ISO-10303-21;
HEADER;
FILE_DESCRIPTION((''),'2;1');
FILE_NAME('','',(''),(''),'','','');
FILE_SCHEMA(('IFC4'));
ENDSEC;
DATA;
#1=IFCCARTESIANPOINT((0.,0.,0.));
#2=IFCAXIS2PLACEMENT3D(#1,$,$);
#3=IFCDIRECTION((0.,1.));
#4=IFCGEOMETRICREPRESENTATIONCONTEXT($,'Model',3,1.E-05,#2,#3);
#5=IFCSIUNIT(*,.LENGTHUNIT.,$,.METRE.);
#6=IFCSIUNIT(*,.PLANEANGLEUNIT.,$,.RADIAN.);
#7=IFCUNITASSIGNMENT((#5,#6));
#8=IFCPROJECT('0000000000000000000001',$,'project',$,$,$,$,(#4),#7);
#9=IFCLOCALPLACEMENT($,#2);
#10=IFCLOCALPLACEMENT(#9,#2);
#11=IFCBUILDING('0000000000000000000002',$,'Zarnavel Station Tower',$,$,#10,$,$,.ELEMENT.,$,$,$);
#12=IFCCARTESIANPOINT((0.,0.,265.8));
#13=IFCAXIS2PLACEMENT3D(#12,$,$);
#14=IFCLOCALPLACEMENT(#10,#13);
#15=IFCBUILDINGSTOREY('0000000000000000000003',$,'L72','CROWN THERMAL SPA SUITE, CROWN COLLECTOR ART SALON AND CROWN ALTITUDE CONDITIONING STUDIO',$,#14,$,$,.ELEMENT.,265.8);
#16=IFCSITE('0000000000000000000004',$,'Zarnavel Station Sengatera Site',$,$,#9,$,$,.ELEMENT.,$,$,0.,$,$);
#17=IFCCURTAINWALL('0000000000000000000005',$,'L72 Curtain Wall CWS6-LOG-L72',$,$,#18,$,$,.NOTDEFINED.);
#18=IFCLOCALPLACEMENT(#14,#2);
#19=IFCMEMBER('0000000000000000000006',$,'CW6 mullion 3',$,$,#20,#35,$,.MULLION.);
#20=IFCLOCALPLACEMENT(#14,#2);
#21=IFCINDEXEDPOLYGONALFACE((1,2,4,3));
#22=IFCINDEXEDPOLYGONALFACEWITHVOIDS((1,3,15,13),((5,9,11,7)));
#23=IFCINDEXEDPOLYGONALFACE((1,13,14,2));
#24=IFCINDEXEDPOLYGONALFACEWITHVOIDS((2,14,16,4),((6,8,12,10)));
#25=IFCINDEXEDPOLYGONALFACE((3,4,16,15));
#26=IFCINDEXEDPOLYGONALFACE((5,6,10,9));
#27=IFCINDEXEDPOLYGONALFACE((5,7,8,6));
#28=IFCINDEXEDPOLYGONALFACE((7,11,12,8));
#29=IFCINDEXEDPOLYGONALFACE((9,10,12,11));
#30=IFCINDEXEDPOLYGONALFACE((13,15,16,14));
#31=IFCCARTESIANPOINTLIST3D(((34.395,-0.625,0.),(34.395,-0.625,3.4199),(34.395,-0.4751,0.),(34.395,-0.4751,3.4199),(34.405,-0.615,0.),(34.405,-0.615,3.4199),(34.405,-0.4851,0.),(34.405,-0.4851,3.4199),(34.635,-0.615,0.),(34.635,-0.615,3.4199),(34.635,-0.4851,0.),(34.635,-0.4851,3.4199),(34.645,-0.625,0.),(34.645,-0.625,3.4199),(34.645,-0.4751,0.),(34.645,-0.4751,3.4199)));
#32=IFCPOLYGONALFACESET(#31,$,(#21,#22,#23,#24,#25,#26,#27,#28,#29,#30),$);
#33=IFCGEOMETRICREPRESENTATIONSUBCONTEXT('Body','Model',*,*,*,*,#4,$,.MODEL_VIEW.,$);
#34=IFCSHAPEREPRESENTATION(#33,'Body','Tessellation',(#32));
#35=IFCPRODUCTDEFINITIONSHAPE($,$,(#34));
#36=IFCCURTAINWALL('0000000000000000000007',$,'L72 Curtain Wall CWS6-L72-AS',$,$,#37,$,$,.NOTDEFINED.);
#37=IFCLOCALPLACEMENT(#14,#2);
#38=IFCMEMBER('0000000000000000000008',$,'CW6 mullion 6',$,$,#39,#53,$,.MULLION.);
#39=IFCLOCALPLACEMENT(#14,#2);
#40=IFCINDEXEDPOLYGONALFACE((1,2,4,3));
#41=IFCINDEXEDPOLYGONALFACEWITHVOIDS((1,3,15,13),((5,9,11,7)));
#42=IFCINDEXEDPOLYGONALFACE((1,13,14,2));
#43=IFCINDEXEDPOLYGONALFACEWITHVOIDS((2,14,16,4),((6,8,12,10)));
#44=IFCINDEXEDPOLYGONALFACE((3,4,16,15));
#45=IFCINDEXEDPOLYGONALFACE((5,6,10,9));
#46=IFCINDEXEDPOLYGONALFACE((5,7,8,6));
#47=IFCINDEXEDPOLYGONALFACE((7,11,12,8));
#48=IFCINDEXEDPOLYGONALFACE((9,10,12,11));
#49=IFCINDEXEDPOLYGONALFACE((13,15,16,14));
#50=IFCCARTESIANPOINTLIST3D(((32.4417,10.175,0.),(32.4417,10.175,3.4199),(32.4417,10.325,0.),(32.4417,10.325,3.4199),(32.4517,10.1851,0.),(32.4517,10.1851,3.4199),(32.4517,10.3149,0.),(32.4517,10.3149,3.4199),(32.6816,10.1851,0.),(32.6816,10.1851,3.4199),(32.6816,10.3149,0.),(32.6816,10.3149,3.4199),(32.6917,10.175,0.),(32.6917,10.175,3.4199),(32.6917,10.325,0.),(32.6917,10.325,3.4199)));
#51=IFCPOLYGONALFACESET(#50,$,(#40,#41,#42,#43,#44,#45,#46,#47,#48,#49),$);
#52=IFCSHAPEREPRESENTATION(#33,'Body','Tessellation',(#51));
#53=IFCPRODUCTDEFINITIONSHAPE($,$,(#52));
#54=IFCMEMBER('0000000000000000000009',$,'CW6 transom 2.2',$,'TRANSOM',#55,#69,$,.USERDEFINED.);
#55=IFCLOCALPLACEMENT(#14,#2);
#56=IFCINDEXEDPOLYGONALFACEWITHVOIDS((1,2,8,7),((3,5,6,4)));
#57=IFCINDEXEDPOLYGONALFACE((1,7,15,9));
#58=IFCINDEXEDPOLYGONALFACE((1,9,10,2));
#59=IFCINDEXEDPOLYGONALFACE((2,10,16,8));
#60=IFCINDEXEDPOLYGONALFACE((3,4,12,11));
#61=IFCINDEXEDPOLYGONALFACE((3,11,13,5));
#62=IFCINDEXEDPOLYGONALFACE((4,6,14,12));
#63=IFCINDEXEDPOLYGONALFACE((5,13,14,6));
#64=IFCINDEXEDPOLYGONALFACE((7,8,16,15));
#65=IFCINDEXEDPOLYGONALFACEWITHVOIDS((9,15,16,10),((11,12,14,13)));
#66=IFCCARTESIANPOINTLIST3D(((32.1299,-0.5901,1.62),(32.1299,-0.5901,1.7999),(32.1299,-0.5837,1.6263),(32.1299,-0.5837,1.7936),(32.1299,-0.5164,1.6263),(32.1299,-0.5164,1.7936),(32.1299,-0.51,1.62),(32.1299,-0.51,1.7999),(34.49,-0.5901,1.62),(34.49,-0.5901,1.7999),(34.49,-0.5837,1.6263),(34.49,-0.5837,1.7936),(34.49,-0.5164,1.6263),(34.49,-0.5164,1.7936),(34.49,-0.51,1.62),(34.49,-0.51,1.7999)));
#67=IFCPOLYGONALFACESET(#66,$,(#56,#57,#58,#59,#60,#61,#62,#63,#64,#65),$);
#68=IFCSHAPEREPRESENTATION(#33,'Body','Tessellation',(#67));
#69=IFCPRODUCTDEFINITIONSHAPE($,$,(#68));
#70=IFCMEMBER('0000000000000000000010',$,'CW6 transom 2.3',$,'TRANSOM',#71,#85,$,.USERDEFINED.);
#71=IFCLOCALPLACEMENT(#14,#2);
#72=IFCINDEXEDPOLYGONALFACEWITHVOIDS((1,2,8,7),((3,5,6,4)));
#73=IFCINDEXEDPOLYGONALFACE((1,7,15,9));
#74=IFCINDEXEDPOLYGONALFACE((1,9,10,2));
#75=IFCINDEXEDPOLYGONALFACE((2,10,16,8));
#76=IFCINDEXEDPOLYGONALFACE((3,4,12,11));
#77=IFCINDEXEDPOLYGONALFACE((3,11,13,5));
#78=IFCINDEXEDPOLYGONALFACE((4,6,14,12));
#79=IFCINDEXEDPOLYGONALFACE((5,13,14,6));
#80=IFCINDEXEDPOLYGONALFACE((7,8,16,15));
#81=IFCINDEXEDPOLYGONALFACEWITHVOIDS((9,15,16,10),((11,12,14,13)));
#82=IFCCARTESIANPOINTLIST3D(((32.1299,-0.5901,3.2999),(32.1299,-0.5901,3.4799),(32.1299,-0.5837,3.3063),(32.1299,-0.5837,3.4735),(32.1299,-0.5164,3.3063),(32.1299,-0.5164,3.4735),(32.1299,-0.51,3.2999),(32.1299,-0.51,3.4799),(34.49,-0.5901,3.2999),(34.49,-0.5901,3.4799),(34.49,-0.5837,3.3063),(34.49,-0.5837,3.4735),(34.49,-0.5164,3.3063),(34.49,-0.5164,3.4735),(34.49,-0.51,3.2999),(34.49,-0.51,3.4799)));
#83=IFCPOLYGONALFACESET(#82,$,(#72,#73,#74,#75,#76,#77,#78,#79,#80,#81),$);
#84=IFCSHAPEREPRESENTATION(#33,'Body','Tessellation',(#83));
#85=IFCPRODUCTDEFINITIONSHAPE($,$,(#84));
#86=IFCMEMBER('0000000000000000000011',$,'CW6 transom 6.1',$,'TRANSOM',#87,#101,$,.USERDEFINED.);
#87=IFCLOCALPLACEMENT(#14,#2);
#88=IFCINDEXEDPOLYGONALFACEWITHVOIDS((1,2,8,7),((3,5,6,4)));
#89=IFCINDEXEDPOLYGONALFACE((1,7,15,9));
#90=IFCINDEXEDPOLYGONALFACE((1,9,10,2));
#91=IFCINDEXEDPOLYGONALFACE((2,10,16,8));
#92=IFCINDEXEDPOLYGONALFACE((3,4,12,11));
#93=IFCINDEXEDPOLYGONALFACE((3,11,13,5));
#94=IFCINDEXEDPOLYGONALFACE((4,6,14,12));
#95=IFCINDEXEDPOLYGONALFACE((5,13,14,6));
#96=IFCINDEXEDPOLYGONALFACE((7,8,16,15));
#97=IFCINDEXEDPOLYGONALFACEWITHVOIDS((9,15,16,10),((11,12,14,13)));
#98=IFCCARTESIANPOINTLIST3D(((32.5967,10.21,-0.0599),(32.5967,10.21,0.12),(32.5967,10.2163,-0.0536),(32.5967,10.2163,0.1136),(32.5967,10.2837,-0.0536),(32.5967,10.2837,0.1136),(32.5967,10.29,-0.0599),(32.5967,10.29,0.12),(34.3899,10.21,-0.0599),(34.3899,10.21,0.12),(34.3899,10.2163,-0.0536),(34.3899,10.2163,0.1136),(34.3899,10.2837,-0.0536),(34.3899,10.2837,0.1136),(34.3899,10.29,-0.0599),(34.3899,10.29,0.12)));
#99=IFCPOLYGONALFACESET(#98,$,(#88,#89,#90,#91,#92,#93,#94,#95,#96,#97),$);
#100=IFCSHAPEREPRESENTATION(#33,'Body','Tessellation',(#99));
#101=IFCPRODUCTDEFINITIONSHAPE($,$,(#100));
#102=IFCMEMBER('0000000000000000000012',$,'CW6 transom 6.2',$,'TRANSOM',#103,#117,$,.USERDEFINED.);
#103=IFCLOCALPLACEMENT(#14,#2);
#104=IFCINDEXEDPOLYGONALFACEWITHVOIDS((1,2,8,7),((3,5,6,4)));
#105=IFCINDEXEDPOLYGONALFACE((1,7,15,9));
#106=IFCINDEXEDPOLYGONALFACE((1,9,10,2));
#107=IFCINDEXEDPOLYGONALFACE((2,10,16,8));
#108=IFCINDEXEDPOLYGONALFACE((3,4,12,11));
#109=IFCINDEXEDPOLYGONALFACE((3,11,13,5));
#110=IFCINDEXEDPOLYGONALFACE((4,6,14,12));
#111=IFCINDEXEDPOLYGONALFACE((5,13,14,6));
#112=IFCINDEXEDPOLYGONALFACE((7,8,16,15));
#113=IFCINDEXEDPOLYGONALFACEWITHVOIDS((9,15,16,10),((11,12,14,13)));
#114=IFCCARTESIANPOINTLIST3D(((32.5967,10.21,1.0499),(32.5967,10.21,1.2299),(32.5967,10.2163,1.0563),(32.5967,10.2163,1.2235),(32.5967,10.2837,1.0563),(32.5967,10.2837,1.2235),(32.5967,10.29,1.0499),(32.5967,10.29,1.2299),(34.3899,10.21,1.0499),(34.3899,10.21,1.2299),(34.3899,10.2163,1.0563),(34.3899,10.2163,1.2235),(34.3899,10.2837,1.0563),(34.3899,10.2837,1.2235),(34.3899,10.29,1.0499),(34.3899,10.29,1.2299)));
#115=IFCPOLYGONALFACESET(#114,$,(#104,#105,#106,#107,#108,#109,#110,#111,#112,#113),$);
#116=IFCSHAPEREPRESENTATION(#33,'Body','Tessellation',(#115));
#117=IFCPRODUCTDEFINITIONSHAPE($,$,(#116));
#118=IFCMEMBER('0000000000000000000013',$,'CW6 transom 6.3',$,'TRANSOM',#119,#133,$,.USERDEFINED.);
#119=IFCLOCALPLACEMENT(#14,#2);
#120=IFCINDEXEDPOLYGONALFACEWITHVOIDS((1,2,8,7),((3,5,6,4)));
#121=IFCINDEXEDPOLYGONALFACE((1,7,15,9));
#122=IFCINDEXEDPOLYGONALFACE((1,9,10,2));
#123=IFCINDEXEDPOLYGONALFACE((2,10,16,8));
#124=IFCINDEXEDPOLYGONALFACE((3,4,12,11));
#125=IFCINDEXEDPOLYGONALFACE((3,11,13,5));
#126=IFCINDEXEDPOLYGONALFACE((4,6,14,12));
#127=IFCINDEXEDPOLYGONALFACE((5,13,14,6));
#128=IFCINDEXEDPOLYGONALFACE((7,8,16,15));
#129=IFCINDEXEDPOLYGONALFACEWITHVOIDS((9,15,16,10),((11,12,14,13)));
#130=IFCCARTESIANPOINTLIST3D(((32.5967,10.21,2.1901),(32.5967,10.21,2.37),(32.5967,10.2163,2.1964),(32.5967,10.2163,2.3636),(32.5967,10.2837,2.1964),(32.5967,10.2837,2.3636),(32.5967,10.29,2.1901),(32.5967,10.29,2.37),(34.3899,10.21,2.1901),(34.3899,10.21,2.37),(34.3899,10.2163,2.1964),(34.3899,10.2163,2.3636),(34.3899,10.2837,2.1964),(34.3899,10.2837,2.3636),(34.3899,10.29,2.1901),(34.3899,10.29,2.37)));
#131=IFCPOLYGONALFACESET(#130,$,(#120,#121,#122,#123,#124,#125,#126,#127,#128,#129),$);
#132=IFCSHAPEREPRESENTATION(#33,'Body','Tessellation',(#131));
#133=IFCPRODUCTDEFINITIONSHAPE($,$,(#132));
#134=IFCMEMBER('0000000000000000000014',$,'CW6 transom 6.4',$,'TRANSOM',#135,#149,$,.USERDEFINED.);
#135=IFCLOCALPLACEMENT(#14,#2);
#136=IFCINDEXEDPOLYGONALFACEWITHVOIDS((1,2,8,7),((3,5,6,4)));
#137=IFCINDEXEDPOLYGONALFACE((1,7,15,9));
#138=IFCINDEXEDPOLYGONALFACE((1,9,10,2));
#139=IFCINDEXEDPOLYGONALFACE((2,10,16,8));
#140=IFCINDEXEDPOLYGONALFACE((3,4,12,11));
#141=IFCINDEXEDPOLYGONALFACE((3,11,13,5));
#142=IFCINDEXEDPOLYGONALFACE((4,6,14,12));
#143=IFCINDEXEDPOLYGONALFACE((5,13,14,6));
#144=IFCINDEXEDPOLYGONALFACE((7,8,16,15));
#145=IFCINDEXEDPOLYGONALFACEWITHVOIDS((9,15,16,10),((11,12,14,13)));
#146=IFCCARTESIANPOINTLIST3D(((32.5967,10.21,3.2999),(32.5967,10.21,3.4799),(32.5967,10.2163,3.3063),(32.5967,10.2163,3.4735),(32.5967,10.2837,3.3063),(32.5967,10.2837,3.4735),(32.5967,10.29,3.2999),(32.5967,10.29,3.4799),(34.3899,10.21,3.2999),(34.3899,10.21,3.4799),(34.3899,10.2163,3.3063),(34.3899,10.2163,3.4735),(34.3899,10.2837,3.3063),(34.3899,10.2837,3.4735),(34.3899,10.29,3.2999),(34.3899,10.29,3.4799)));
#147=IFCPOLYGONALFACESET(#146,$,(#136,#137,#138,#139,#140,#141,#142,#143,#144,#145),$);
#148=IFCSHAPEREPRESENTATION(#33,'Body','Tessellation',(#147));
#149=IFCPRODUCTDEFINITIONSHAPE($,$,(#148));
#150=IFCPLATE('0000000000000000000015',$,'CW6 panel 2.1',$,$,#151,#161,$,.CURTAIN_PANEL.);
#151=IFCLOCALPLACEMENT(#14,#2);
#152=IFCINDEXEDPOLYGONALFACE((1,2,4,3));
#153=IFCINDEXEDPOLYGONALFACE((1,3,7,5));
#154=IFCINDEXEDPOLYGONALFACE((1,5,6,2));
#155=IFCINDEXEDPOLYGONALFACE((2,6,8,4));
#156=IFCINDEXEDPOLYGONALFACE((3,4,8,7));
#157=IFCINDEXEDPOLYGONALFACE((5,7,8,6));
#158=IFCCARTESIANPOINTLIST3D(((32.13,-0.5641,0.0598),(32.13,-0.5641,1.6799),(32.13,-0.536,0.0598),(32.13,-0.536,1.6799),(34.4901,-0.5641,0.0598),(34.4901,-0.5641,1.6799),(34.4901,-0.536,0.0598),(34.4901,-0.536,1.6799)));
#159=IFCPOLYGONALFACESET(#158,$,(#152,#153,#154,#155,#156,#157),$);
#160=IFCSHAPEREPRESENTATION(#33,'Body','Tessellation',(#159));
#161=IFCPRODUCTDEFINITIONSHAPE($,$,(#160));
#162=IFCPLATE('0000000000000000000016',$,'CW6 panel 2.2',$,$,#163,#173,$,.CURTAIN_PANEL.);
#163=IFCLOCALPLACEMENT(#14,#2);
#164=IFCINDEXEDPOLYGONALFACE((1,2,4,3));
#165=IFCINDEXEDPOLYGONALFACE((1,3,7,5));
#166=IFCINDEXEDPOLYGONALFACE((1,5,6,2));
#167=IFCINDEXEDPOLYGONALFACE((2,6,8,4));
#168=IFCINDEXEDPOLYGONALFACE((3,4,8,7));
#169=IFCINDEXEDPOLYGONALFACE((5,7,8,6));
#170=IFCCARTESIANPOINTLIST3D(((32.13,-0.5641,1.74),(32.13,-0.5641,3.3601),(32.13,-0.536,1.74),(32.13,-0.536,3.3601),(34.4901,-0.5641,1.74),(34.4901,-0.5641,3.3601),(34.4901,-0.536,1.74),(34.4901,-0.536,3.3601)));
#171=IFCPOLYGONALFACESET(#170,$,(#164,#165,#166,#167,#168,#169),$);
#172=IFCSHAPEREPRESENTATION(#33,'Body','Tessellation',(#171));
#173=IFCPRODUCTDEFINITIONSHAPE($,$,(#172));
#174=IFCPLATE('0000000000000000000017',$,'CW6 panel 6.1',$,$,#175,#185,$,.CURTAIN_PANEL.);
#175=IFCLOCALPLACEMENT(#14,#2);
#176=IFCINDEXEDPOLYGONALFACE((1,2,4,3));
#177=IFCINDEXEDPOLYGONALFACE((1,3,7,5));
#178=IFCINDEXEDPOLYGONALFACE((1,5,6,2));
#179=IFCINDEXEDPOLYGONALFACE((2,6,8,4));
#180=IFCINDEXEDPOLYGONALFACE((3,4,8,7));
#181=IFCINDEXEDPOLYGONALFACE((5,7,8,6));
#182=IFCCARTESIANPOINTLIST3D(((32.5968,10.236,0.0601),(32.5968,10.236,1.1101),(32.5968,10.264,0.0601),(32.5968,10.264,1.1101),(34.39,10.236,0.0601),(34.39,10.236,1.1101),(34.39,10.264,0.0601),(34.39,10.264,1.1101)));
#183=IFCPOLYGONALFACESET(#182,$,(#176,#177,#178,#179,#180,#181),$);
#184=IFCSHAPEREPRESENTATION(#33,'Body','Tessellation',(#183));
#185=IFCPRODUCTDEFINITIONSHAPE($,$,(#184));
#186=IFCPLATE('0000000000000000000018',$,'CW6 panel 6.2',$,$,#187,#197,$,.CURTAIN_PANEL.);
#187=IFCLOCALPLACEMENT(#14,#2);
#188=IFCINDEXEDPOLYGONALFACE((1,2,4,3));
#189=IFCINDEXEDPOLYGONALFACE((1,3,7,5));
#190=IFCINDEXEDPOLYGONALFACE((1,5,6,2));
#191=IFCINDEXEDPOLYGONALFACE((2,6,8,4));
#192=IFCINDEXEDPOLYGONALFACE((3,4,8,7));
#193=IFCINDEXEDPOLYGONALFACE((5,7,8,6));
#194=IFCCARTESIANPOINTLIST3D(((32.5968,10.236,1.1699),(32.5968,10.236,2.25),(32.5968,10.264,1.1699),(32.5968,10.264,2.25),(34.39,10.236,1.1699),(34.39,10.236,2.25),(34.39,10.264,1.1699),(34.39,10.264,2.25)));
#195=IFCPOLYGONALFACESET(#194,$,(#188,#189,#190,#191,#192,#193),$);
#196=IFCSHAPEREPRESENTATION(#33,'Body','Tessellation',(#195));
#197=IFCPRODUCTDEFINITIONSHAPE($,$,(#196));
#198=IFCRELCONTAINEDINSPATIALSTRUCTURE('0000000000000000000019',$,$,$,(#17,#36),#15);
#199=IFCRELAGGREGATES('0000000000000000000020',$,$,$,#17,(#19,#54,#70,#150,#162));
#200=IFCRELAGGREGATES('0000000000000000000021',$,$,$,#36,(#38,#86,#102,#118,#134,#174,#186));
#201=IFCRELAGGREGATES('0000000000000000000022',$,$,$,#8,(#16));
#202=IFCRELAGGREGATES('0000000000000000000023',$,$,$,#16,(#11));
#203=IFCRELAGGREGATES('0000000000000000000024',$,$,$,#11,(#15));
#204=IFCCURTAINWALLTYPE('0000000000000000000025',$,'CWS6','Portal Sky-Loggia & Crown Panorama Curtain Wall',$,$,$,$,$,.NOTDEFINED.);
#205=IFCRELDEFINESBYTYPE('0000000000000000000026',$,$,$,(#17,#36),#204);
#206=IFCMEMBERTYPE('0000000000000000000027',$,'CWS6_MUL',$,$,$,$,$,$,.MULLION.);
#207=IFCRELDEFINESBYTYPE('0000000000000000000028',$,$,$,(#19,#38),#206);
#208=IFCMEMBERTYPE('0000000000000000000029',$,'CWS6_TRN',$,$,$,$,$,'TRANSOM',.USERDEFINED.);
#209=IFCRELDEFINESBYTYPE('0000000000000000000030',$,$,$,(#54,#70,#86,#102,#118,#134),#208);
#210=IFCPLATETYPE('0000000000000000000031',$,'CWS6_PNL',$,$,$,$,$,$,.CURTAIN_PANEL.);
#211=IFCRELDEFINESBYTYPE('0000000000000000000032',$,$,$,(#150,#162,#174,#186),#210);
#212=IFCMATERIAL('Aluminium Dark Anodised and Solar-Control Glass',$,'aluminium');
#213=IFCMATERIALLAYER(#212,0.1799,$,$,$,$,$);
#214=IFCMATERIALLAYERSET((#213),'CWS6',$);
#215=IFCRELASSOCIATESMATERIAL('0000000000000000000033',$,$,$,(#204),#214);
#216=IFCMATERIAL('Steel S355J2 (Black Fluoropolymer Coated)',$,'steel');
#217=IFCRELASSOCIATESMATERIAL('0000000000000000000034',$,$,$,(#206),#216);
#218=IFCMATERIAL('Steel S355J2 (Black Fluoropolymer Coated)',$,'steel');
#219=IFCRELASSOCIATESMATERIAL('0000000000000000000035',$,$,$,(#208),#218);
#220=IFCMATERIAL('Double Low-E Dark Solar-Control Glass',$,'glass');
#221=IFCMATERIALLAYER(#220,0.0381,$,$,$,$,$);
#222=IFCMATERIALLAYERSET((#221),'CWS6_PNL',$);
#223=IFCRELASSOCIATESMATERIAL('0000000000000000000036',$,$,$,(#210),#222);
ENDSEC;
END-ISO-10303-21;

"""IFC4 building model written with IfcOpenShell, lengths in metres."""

from ifc_helpers import new_model, si_unit, direction, frame, origin, origin_2d, place, context, subcontext, project, spatial, rectangle, hollow_rectangle, extrude, material, layer, layer_set, material_profile, profile_set, type_object, element, aggregate, save


model = new_model("IFC4")

# Units and contexts
model_context = context("Model", 3, precision=1e-05, world=origin(), true_north=direction((0.0, 1.0)))
body_context = subcontext(model_context, "Body", "Model", "MODEL_VIEW")
ifc_project = project(units=[si_unit("LENGTHUNIT", "METRE"), si_unit("PLANEANGLEUNIT", "RADIAN")], contexts=[model_context])

# Site, building, storey
site_placement = place(None, origin())
site = spatial("IfcSite", under=ifc_project, at=site_placement, Name="Zarnavel Station Sengatera Site", CompositionType="ELEMENT", RefElevation=0.0)
building_placement = place(site_placement, origin())
building = spatial("IfcBuilding", under=site, at=building_placement, Name="Zarnavel Station Tower", CompositionType="ELEMENT")
storey_placement = place(building_placement, frame((0.0, 0.0, 265.8)))
storey = spatial("IfcBuildingStorey", under=building, at=storey_placement, Name="L72", Description="CROWN THERMAL SPA SUITE, CROWN COLLECTOR ART SALON AND CROWN ALTITUDE CONDITIONING STUDIO", CompositionType="ELEMENT", Elevation=265.8)

# Curtain walls, members
ifc_material_1 = material(Name="Aluminium Dark Anodised and Solar-Control Glass", Category="aluminium")
ifc_layer_1 = layer(ifc_material_1, 0.1799)
ifc_layer_set_1 = layer_set([ifc_layer_1], Name="CWS6")
curtain_wall_type = type_object("IfcCurtainWallType", Name="CWS6", Description="Portal Sky-Loggia & Crown Panorama Curtain Wall", PredefinedType="NOTDEFINED", material=ifc_layer_set_1)
curtain_wall_1_placement = place(storey_placement, origin())
curtain_wall_1 = element("IfcCurtainWall", 1, at=curtain_wall_1_placement, inside=storey, type_object=curtain_wall_type, Name="L72 Curtain Wall CWS6-LOG-L72", PredefinedType="NOTDEFINED")
ifc_material_2 = material(Name="Steel S355J2 (Black Fluoropolymer Coated)", Category="steel")
ifc_material_profile_1 = material_profile(ifc_material_2, hollow_rectangle(XDim=0.1499, YDim=0.25, WallThickness=0.01, at=origin_2d()), Name="RHS250x150x10")
ifc_profile_set_1 = profile_set([ifc_material_profile_1], Name="Steel S355J2 (Black Fluoropolymer Coated)")
member_type_1 = type_object("IfcMemberType", Name="CWS6_MUL", PredefinedType="MULLION", material=ifc_profile_set_1)
member_1_placement = place(storey_placement, frame((34.52, -0.55, 0.0), z_axis=(0.0, 0.0, 1.0), x_axis=(0.0, 1.0, 0.0)))
member_1 = element("IfcMember", 2, at=member_1_placement, type_object=member_type_1, Name="CW6 mullion 3", PredefinedType="MULLION", context=body_context, shape_type="SweptSolid", body=[
    extrude(hollow_rectangle(XDim=0.1499, YDim=0.25, WallThickness=0.01, at=origin_2d()), origin(), (0.0, 0.0, 1.0), 3.4199),
])
curtain_wall_2_placement = place(storey_placement, origin())
curtain_wall_2 = element("IfcCurtainWall", 3, at=curtain_wall_2_placement, inside=storey, type_object=curtain_wall_type, Name="L72 Curtain Wall CWS6-L72-AS", PredefinedType="NOTDEFINED")
member_2_placement = place(storey_placement, frame((32.5667, 10.25, 0.0), z_axis=(0.0, 0.0, 1.0), x_axis=(0.0, 1.0, 0.0)))
member_2 = element("IfcMember", 4, at=member_2_placement, type_object=member_type_1, Name="CW6 mullion 6", PredefinedType="MULLION", context=body_context, shape_type="SweptSolid", body=[
    extrude(hollow_rectangle(XDim=0.1499, YDim=0.25, WallThickness=0.01, at=origin_2d()), origin(), (0.0, 0.0, 1.0), 3.4199),
])

# Members
ifc_material_3 = material(Name="Steel S355J2 (Black Fluoropolymer Coated)", Category="steel")
ifc_material_profile_2 = material_profile(ifc_material_3, hollow_rectangle(XDim=0.0801, YDim=0.1799, WallThickness=0.0063, at=origin_2d()), Name="RHS180x80x6.3")
ifc_profile_set_2 = profile_set([ifc_material_profile_2], Name="Steel S355J2 (Black Fluoropolymer Coated)")
member_type_2 = type_object("IfcMemberType", Name="CWS6_TRN", ElementType="TRANSOM", PredefinedType="USERDEFINED", material=ifc_profile_set_2)
member_3_placement = place(storey_placement, frame((32.1299, -0.55, 1.71), z_axis=(1.0, 0.0, 0.0), x_axis=(0.0, 1.0, 0.0)))
member_3 = element("IfcMember", 5, at=member_3_placement, type_object=member_type_2, Name="CW6 transom 2.2", ObjectType="TRANSOM", PredefinedType="USERDEFINED", context=body_context, shape_type="SweptSolid", body=[
    extrude(hollow_rectangle(XDim=0.0801, YDim=0.1799, WallThickness=0.0063, at=origin_2d()), origin(), (0.0, 0.0, 1.0), 2.3601),
])
member_4_placement = place(storey_placement, frame((32.1299, -0.55, 3.3899), z_axis=(1.0, 0.0, 0.0), x_axis=(0.0, 1.0, 0.0)))
member_4 = element("IfcMember", 6, at=member_4_placement, type_object=member_type_2, Name="CW6 transom 2.3", ObjectType="TRANSOM", PredefinedType="USERDEFINED", context=body_context, shape_type="SweptSolid", body=[
    extrude(hollow_rectangle(XDim=0.0801, YDim=0.1799, WallThickness=0.0063, at=origin_2d()), origin(), (0.0, 0.0, 1.0), 2.3601),
])
member_5_placement = place(storey_placement, frame((32.5967, 10.25, 0.03), z_axis=(1.0, 0.0, 0.0), x_axis=(0.0, 1.0, 0.0)))
member_5 = element("IfcMember", 7, at=member_5_placement, type_object=member_type_2, Name="CW6 transom 6.1", ObjectType="TRANSOM", PredefinedType="USERDEFINED", context=body_context, shape_type="SweptSolid", body=[
    extrude(hollow_rectangle(XDim=0.0801, YDim=0.1799, WallThickness=0.0063, at=origin_2d()), origin(), (0.0, 0.0, 1.0), 1.7932),
])
member_6_placement = place(storey_placement, frame((32.5967, 10.25, 1.1399), z_axis=(1.0, 0.0, 0.0), x_axis=(0.0, 1.0, 0.0)))
member_6 = element("IfcMember", 8, at=member_6_placement, type_object=member_type_2, Name="CW6 transom 6.2", ObjectType="TRANSOM", PredefinedType="USERDEFINED", context=body_context, shape_type="SweptSolid", body=[
    extrude(hollow_rectangle(XDim=0.0801, YDim=0.1799, WallThickness=0.0063, at=origin_2d()), origin(), (0.0, 0.0, 1.0), 1.7932),
])
member_7_placement = place(storey_placement, frame((32.5967, 10.25, 2.28), z_axis=(1.0, 0.0, 0.0), x_axis=(0.0, 1.0, 0.0)))
member_7 = element("IfcMember", 9, at=member_7_placement, type_object=member_type_2, Name="CW6 transom 6.3", ObjectType="TRANSOM", PredefinedType="USERDEFINED", context=body_context, shape_type="SweptSolid", body=[
    extrude(hollow_rectangle(XDim=0.0801, YDim=0.1799, WallThickness=0.0063, at=origin_2d()), origin(), (0.0, 0.0, 1.0), 1.7932),
])
member_8_placement = place(storey_placement, frame((32.5967, 10.25, 3.3899), z_axis=(1.0, 0.0, 0.0), x_axis=(0.0, 1.0, 0.0)))
member_8 = element("IfcMember", 10, at=member_8_placement, type_object=member_type_2, Name="CW6 transom 6.4", ObjectType="TRANSOM", PredefinedType="USERDEFINED", context=body_context, shape_type="SweptSolid", body=[
    extrude(hollow_rectangle(XDim=0.0801, YDim=0.1799, WallThickness=0.0063, at=origin_2d()), origin(), (0.0, 0.0, 1.0), 1.7932),
])

# Plates
ifc_material_4 = material(Name="Double Low-E Dark Solar-Control Glass", Category="glass")
ifc_layer_2 = layer(ifc_material_4, 0.0381)
ifc_layer_set_2 = layer_set([ifc_layer_2], Name="CWS6_PNL")
plate_type = type_object("IfcPlateType", Name="CWS6_PNL", PredefinedType="CURTAIN_PANEL", material=ifc_layer_set_2)
plate_1_placement = place(storey_placement, frame((33.3101, -0.55, 0.0598), z_axis=(0.0, 0.0, 1.0), x_axis=(1.0, 0.0, 0.0)))
plate_1 = element("IfcPlate", 11, at=plate_1_placement, type_object=plate_type, Name="CW6 panel 2.1", PredefinedType="CURTAIN_PANEL", context=body_context, shape_type="SweptSolid", body=[
    extrude(rectangle(XDim=2.3601, YDim=0.0281, at=origin_2d()), origin(), (0.0, 0.0, 1.0), 1.6201),
])
plate_2_placement = place(storey_placement, frame((33.3101, -0.55, 1.74), z_axis=(0.0, 0.0, 1.0), x_axis=(1.0, 0.0, 0.0)))
plate_2 = element("IfcPlate", 12, at=plate_2_placement, type_object=plate_type, Name="CW6 panel 2.2", PredefinedType="CURTAIN_PANEL", context=body_context, shape_type="SweptSolid", body=[
    extrude(rectangle(XDim=2.3601, YDim=0.0281, at=origin_2d()), origin(), (0.0, 0.0, 1.0), 1.6201),
])
aggregate(curtain_wall_1, [member_1, member_3, member_4, plate_1, plate_2])
plate_3_placement = place(storey_placement, frame((33.4934, 10.25, 0.0601), z_axis=(0.0, 0.0, 1.0), x_axis=(1.0, 0.0, 0.0)))
plate_3 = element("IfcPlate", 13, at=plate_3_placement, type_object=plate_type, Name="CW6 panel 6.1", PredefinedType="CURTAIN_PANEL", context=body_context, shape_type="SweptSolid", body=[
    extrude(rectangle(XDim=1.7932, YDim=0.0281, at=origin_2d()), origin(), (0.0, 0.0, 1.0), 1.05),
])
plate_4_placement = place(storey_placement, frame((33.4934, 10.25, 1.1699), z_axis=(0.0, 0.0, 1.0), x_axis=(1.0, 0.0, 0.0)))
plate_4 = element("IfcPlate", 14, at=plate_4_placement, type_object=plate_type, Name="CW6 panel 6.2", PredefinedType="CURTAIN_PANEL", context=body_context, shape_type="SweptSolid", body=[
    extrude(rectangle(XDim=1.7932, YDim=0.0281, at=origin_2d()), origin(), (0.0, 0.0, 1.0), 1.0801),
])
aggregate(curtain_wall_2, [member_2, member_5, member_6, member_7, member_8, plate_3, plate_4])

save(model, "model.ifc")
